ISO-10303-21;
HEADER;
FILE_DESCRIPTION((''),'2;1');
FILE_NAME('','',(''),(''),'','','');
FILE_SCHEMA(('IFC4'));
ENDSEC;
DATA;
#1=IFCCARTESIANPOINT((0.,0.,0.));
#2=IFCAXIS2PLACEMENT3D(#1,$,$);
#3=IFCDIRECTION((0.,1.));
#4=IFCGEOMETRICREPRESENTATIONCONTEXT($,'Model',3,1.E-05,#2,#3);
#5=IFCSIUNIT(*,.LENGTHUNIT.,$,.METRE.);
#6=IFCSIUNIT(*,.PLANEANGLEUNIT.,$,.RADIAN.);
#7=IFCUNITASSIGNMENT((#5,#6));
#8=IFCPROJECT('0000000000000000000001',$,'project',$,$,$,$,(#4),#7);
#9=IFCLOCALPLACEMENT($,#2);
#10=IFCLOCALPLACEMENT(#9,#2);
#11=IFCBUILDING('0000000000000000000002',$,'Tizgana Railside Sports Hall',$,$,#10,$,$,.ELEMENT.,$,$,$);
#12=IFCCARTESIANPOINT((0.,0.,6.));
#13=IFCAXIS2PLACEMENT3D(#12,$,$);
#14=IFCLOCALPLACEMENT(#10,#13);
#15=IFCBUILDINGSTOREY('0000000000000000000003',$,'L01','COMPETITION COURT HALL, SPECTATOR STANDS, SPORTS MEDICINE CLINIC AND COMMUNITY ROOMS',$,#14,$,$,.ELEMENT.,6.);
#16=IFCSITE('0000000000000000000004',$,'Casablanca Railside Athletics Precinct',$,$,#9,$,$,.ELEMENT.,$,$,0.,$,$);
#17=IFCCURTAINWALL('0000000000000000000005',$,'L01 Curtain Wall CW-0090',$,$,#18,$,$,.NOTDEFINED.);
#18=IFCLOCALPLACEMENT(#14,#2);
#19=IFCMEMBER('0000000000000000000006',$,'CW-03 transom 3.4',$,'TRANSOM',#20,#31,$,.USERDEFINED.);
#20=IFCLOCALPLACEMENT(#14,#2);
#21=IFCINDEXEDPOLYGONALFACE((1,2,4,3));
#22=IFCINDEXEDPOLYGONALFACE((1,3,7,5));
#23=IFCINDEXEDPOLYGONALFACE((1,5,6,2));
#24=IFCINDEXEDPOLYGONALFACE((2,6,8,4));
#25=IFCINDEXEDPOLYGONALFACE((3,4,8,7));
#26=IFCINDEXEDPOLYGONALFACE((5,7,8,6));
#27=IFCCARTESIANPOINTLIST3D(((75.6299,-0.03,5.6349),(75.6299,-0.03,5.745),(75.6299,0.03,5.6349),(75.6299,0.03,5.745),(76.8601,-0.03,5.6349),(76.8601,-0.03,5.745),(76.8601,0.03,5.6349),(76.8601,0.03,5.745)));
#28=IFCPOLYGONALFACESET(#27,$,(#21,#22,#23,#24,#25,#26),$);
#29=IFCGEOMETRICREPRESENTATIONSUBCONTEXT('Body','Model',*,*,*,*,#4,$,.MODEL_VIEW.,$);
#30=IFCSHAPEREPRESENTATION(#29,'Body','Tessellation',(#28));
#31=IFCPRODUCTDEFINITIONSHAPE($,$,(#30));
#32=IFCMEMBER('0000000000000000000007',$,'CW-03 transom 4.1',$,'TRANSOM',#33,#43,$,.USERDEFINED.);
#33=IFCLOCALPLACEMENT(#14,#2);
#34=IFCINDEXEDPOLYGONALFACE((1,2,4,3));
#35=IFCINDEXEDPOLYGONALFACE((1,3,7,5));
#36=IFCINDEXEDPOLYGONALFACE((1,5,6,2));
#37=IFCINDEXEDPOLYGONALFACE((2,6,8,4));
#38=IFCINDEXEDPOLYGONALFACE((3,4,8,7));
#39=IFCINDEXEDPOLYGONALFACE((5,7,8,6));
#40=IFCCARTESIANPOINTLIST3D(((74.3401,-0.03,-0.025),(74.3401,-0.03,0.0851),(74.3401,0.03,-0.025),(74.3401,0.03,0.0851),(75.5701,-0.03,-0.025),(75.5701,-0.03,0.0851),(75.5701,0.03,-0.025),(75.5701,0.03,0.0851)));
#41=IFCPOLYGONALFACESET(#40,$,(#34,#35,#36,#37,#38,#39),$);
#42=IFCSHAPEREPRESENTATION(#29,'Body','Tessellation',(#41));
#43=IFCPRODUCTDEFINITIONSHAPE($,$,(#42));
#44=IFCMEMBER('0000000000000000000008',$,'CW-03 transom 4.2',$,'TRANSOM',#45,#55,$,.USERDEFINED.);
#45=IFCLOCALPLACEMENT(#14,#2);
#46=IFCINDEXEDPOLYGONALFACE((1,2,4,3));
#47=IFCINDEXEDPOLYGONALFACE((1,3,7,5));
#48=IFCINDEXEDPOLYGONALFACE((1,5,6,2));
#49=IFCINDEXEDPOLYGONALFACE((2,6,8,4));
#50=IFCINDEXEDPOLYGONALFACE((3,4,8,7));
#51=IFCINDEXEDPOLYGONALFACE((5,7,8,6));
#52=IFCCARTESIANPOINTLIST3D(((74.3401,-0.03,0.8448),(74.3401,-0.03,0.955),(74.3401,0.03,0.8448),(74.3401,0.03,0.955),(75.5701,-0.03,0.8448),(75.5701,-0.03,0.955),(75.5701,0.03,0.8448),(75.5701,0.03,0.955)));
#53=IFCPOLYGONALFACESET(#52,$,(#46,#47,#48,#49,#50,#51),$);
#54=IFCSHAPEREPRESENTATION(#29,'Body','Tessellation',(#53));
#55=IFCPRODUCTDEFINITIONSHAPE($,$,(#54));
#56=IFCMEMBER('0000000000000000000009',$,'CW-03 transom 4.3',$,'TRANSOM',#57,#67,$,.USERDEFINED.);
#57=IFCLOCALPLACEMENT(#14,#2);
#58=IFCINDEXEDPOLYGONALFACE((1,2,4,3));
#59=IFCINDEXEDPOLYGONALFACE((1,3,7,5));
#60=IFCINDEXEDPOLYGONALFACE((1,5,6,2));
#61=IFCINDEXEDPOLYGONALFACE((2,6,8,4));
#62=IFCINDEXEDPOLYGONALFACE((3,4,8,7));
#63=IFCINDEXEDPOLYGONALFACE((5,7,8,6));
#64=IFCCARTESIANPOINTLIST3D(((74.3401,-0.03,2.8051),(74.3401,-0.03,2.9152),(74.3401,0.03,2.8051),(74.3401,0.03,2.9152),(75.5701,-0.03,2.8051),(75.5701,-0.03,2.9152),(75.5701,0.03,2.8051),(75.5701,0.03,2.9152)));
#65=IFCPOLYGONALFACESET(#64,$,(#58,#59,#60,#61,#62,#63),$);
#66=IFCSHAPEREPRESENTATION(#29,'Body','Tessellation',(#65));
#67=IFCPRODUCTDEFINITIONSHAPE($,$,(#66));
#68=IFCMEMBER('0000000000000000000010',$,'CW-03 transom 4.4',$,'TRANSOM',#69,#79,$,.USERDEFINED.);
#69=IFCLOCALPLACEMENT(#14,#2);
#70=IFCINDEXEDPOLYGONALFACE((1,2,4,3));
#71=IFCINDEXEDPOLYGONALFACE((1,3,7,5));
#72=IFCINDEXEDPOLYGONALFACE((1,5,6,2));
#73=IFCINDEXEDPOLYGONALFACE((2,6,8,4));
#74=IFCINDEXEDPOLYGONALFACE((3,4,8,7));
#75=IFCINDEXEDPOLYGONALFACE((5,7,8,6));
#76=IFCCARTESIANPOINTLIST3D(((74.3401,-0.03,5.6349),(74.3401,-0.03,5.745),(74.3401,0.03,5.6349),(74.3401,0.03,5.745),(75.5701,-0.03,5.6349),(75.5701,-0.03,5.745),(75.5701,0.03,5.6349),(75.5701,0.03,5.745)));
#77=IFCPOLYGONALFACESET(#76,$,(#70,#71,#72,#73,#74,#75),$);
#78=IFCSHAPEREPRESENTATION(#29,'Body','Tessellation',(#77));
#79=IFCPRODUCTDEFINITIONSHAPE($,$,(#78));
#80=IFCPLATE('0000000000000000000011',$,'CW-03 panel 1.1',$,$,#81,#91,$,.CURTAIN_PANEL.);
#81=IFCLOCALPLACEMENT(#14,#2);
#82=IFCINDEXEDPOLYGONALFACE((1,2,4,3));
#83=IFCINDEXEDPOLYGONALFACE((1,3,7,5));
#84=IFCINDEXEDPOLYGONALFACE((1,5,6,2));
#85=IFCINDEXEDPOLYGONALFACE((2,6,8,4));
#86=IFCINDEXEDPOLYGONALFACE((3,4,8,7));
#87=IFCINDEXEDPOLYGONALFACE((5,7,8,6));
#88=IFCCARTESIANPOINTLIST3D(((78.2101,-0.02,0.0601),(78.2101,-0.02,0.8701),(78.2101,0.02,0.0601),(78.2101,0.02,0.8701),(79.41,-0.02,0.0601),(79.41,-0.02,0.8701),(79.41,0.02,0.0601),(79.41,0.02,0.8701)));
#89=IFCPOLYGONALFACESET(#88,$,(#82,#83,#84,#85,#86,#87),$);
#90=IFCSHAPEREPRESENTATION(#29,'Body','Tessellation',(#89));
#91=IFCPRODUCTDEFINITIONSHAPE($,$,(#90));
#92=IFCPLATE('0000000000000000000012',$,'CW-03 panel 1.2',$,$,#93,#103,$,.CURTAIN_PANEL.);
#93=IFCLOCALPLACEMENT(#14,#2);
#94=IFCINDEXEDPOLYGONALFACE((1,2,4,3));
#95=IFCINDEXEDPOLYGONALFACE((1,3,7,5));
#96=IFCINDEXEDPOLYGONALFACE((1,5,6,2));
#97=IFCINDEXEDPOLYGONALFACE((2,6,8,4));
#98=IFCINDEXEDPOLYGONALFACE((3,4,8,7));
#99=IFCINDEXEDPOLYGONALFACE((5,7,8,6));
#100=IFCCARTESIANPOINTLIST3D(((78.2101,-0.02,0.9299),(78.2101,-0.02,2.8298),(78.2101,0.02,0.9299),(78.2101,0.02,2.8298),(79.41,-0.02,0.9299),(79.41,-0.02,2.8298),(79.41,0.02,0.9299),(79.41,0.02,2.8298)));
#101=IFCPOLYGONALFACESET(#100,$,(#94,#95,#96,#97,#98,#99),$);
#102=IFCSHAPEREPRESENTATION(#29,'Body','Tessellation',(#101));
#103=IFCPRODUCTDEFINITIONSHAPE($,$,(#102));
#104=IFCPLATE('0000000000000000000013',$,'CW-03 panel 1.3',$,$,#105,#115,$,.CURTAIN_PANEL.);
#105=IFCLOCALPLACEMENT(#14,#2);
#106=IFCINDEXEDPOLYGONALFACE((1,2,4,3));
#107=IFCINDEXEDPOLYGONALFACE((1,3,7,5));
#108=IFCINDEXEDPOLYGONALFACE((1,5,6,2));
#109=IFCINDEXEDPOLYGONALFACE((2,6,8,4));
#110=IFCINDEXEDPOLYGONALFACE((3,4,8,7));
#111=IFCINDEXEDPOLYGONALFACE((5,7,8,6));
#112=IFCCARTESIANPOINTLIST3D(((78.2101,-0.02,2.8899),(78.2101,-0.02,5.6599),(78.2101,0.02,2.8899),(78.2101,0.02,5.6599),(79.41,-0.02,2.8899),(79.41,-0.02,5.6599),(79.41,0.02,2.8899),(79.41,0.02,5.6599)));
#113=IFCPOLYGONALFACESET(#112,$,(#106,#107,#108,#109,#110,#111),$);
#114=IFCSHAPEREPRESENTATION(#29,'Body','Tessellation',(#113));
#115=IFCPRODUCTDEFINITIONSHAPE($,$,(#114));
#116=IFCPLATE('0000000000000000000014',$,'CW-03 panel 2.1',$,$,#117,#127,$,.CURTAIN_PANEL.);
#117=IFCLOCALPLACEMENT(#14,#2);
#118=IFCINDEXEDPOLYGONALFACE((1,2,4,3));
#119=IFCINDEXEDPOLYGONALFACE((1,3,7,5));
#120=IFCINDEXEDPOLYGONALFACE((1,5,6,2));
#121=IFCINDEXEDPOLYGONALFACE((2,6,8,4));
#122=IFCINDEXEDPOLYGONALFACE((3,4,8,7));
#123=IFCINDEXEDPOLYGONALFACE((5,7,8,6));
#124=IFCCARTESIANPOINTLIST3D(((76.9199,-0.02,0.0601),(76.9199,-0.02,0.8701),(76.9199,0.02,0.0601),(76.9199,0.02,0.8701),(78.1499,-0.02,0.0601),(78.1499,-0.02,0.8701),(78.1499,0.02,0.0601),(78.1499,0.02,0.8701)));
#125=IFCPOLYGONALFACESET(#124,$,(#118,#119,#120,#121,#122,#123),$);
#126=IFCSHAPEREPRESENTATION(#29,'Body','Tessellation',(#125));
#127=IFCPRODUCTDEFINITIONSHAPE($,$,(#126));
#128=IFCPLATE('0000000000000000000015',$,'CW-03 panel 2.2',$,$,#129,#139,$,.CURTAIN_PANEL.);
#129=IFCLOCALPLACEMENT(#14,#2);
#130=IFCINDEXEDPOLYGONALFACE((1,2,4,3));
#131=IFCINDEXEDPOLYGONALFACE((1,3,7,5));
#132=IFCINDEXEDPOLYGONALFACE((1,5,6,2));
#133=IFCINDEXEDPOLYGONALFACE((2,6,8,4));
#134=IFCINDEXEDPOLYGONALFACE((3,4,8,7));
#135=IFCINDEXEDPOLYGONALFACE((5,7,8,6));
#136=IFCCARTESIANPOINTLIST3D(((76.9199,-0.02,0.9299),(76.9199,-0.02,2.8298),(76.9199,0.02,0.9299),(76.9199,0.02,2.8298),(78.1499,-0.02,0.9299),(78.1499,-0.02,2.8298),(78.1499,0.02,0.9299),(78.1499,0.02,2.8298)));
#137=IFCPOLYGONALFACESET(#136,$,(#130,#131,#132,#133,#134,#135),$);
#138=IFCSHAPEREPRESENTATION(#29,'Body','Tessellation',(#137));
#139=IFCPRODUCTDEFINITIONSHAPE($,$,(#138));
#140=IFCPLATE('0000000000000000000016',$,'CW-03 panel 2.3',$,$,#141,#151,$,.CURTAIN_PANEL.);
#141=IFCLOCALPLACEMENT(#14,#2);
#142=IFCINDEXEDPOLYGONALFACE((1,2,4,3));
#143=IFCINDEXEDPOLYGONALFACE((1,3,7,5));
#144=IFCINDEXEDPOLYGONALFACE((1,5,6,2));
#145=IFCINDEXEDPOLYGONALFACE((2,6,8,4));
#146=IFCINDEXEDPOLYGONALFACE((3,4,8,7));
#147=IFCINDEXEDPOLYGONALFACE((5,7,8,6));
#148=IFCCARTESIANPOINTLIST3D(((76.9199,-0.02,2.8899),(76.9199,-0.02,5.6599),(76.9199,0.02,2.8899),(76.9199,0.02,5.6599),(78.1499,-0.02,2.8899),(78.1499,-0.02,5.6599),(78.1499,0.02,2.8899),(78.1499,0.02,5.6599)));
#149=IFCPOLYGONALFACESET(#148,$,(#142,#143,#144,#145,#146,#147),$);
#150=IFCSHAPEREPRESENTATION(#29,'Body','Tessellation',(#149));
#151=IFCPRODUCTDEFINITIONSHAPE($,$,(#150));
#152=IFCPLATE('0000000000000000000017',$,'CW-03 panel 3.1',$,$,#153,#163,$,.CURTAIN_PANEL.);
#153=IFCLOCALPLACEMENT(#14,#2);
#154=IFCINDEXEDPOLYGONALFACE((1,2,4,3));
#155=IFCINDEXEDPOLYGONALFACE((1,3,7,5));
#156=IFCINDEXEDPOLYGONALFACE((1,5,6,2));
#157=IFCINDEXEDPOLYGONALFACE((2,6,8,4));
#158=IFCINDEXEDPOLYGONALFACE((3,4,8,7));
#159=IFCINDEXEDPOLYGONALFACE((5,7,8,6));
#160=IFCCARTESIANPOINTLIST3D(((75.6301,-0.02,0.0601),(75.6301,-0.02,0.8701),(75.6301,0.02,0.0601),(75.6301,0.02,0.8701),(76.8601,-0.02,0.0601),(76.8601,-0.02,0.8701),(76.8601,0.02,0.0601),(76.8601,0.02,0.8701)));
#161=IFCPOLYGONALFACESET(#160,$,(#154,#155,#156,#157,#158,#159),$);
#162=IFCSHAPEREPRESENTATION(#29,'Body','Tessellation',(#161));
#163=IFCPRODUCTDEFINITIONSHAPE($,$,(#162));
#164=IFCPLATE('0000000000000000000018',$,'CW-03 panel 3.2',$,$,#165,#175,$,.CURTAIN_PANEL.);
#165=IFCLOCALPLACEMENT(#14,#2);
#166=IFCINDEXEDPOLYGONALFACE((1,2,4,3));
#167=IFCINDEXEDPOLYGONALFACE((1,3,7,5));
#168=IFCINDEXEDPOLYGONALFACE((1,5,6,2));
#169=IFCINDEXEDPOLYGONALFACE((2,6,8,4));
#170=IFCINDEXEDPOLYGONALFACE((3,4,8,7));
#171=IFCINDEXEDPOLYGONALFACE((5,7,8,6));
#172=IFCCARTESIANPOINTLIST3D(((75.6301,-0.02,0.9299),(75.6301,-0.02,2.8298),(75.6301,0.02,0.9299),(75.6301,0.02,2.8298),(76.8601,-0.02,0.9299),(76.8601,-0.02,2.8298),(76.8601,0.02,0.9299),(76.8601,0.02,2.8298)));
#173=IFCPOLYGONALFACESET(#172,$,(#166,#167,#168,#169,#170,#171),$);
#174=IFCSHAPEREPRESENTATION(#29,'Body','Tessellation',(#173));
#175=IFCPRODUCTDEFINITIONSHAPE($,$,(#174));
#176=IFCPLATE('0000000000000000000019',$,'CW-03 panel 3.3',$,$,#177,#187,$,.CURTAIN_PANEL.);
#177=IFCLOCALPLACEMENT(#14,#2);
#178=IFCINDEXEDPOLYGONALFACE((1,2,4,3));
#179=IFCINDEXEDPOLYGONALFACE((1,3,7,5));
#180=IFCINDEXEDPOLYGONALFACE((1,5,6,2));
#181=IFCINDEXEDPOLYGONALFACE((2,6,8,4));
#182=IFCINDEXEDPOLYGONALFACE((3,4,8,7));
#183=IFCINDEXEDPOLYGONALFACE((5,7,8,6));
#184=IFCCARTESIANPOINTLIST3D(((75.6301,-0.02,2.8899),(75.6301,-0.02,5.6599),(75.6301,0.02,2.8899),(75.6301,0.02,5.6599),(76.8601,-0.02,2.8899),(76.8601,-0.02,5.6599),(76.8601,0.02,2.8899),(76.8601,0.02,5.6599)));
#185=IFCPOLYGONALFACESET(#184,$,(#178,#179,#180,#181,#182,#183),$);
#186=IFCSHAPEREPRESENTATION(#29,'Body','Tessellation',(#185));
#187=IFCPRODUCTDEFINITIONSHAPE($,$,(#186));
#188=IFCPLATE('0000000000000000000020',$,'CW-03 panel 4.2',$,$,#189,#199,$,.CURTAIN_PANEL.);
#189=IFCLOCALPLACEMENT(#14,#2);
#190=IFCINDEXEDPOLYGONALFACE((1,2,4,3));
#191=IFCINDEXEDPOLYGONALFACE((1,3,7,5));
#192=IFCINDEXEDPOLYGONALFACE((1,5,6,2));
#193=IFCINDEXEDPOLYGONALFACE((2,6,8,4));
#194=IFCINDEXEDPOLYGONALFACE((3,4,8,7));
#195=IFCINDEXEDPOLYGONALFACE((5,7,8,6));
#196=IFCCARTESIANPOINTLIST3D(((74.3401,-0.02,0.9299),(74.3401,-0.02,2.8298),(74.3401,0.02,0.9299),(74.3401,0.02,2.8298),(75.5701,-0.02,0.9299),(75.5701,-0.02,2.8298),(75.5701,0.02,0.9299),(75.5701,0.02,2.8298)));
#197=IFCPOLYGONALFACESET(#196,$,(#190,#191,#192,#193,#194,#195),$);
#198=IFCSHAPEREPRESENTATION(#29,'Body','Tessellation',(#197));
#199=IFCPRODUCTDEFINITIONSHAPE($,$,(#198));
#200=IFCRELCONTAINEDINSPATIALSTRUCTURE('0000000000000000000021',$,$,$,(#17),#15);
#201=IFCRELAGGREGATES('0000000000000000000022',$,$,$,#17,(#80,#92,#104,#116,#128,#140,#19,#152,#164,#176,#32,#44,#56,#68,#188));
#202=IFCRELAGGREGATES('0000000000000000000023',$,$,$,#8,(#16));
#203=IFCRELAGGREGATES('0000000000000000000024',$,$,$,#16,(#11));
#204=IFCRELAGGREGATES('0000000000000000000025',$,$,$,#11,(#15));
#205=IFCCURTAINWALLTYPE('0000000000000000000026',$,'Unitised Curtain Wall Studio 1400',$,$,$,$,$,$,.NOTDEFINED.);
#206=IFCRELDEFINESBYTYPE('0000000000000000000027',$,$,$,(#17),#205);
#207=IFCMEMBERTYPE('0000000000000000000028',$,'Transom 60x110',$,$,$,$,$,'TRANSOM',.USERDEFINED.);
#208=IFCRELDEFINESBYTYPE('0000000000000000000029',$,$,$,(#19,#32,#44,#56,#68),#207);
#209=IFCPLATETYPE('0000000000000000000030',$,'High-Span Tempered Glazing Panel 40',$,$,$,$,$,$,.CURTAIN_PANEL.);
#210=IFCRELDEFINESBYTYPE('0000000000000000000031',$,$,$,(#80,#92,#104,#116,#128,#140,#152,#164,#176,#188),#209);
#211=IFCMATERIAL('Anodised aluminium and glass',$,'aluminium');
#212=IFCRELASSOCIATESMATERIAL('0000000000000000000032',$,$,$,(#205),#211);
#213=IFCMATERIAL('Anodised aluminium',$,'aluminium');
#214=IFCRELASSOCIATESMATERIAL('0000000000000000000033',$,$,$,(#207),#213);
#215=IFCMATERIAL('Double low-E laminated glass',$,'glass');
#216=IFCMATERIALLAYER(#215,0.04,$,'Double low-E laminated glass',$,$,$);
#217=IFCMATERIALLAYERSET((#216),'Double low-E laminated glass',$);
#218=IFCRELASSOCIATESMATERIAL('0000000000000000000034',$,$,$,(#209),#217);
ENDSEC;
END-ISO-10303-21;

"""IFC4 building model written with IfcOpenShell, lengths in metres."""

from ifc_helpers import new_model, si_unit, direction, frame, origin, origin_2d, place, context, subcontext, project, spatial, rectangle, extrude, material, layer, layer_set, material_profile, profile_set, type_object, element, aggregate, save


model = new_model("IFC4")

# Units and contexts
model_context = context("Model", 3, precision=1e-05, world=origin(), true_north=direction((0.0, 1.0)))
body_context = subcontext(model_context, "Body", "Model", "MODEL_VIEW")
ifc_project = project(units=[si_unit("LENGTHUNIT", "METRE"), si_unit("PLANEANGLEUNIT", "RADIAN")], contexts=[model_context])

# Site, building, storey
site_placement = place(None, origin())
site = spatial("IfcSite", under=ifc_project, at=site_placement, Name="Casablanca Railside Athletics Precinct", CompositionType="ELEMENT", RefElevation=0.0)
building_placement = place(site_placement, origin())
building = spatial("IfcBuilding", under=site, at=building_placement, Name="Tizgana Railside Sports Hall", CompositionType="ELEMENT")
storey_placement = place(building_placement, frame((0.0, 0.0, 6.0)))
storey = spatial("IfcBuildingStorey", under=building, at=storey_placement, Name="L01", Description="COMPETITION COURT HALL, SPECTATOR STANDS, SPORTS MEDICINE CLINIC AND COMMUNITY ROOMS", CompositionType="ELEMENT", Elevation=6.0)

# Curtain wall, members, plates
ifc_material_1 = material(Name="Anodised aluminium and glass", Category="aluminium")
curtain_wall_type = type_object("IfcCurtainWallType", Name="Unitised Curtain Wall Studio 1400", PredefinedType="NOTDEFINED", material=ifc_material_1)
curtain_wall_placement = place(storey_placement, origin())
curtain_wall = element("IfcCurtainWall", 1, at=curtain_wall_placement, inside=storey, type_object=curtain_wall_type, Name="L01 Curtain Wall CW-0090", PredefinedType="NOTDEFINED")
ifc_material_2 = material(Name="Anodised aluminium", Category="aluminium")
ifc_material_profile_1 = material_profile(ifc_material_2, rectangle(XDim=0.0601, YDim=0.1101, at=origin_2d()), Name="Transom 60x110")
ifc_profile_set_1 = profile_set([ifc_material_profile_1], Name="Anodised aluminium")
member_type_1 = type_object("IfcMemberType", Name="Transom 60x110", ElementType="TRANSOM", PredefinedType="USERDEFINED", material=ifc_profile_set_1)
member_1_placement = place(storey_placement, frame((76.8601, 0.0, 5.6899), z_axis=(-1.0, 0.0, 0.0), x_axis=(0.0, -1.0, 0.0)))
member_1 = element("IfcMember", 2, at=member_1_placement, type_object=member_type_1, Name="CW-03 transom 3.4", ObjectType="TRANSOM", PredefinedType="USERDEFINED", context=body_context, shape_type="SweptSolid", body=[
    extrude(rectangle(XDim=0.0601, YDim=0.1101, at=origin_2d()), origin(), (0.0, 0.0, 1.0), 1.2302),
])
member_2_placement = place(storey_placement, frame((75.5701, 0.0, 0.03), z_axis=(-1.0, 0.0, 0.0), x_axis=(0.0, -1.0, 0.0)))
member_2 = element("IfcMember", 3, at=member_2_placement, type_object=member_type_1, Name="CW-03 transom 4.1", ObjectType="TRANSOM", PredefinedType="USERDEFINED", context=body_context, shape_type="SweptSolid", body=[
    extrude(rectangle(XDim=0.0601, YDim=0.1101, at=origin_2d()), origin(), (0.0, 0.0, 1.0), 1.23),
])
member_3_placement = place(storey_placement, frame((75.5701, 0.0, 0.8999), z_axis=(-1.0, 0.0, 0.0), x_axis=(0.0, -1.0, 0.0)))
member_3 = element("IfcMember", 4, at=member_3_placement, type_object=member_type_1, Name="CW-03 transom 4.2", ObjectType="TRANSOM", PredefinedType="USERDEFINED", context=body_context, shape_type="SweptSolid", body=[
    extrude(rectangle(XDim=0.0601, YDim=0.1101, at=origin_2d()), origin(), (0.0, 0.0, 1.0), 1.23),
])
member_4_placement = place(storey_placement, frame((75.5701, 0.0, 2.8601), z_axis=(-1.0, 0.0, 0.0), x_axis=(0.0, -1.0, 0.0)))
member_4 = element("IfcMember", 5, at=member_4_placement, type_object=member_type_1, Name="CW-03 transom 4.3", ObjectType="TRANSOM", PredefinedType="USERDEFINED", context=body_context, shape_type="SweptSolid", body=[
    extrude(rectangle(XDim=0.0601, YDim=0.1101, at=origin_2d()), origin(), (0.0, 0.0, 1.0), 1.23),
])
member_5_placement = place(storey_placement, frame((75.5701, 0.0, 5.6899), z_axis=(-1.0, 0.0, 0.0), x_axis=(0.0, -1.0, 0.0)))
member_5 = element("IfcMember", 6, at=member_5_placement, type_object=member_type_1, Name="CW-03 transom 4.4", ObjectType="TRANSOM", PredefinedType="USERDEFINED", context=body_context, shape_type="SweptSolid", body=[
    extrude(rectangle(XDim=0.0601, YDim=0.1101, at=origin_2d()), origin(), (0.0, 0.0, 1.0), 1.23),
])
ifc_material_3 = material(Name="Double low-E laminated glass", Category="glass")
ifc_layer_1 = layer(ifc_material_3, 0.04, Name="Double low-E laminated glass")
ifc_layer_set_1 = layer_set([ifc_layer_1], Name="Double low-E laminated glass")
plate_type = type_object("IfcPlateType", Name="High-Span Tempered Glazing Panel 40", PredefinedType="CURTAIN_PANEL", material=ifc_layer_set_1)
plate_1_placement = place(storey_placement, frame((78.8101, 0.0, 0.0601), z_axis=(0.0, 0.0, 1.0), x_axis=(-1.0, 0.0, 0.0)))
plate_1 = element("IfcPlate", 7, at=plate_1_placement, type_object=plate_type, Name="CW-03 panel 1.1", PredefinedType="CURTAIN_PANEL", context=body_context, shape_type="SweptSolid", body=[
    extrude(rectangle(XDim=1.2, YDim=0.04, at=origin_2d()), origin(), (0.0, 0.0, 1.0), 0.8101),
])
plate_2_placement = place(storey_placement, frame((78.8101, 0.0, 0.9299), z_axis=(0.0, 0.0, 1.0), x_axis=(-1.0, 0.0, 0.0)))
plate_2 = element("IfcPlate", 8, at=plate_2_placement, type_object=plate_type, Name="CW-03 panel 1.2", PredefinedType="CURTAIN_PANEL", context=body_context, shape_type="SweptSolid", body=[
    extrude(rectangle(XDim=1.2, YDim=0.04, at=origin_2d()), origin(), (0.0, 0.0, 1.0), 1.8999),
])
plate_3_placement = place(storey_placement, frame((78.8101, 0.0, 2.8899), z_axis=(0.0, 0.0, 1.0), x_axis=(-1.0, 0.0, 0.0)))
plate_3 = element("IfcPlate", 9, at=plate_3_placement, type_object=plate_type, Name="CW-03 panel 1.3", PredefinedType="CURTAIN_PANEL", context=body_context, shape_type="SweptSolid", body=[
    extrude(rectangle(XDim=1.2, YDim=0.04, at=origin_2d()), origin(), (0.0, 0.0, 1.0), 2.77),
])
plate_4_placement = place(storey_placement, frame((77.5349, 0.0, 0.0601), z_axis=(0.0, 0.0, 1.0), x_axis=(-1.0, 0.0, 0.0)))
plate_4 = element("IfcPlate", 10, at=plate_4_placement, type_object=plate_type, Name="CW-03 panel 2.1", PredefinedType="CURTAIN_PANEL", context=body_context, shape_type="SweptSolid", body=[
    extrude(rectangle(XDim=1.23, YDim=0.04, at=origin_2d()), origin(), (0.0, 0.0, 1.0), 0.8101),
])
plate_5_placement = place(storey_placement, frame((77.5349, 0.0, 0.9299), z_axis=(0.0, 0.0, 1.0), x_axis=(-1.0, 0.0, 0.0)))
plate_5 = element("IfcPlate", 11, at=plate_5_placement, type_object=plate_type, Name="CW-03 panel 2.2", PredefinedType="CURTAIN_PANEL", context=body_context, shape_type="SweptSolid", body=[
    extrude(rectangle(XDim=1.23, YDim=0.04, at=origin_2d()), origin(), (0.0, 0.0, 1.0), 1.8999),
])
plate_6_placement = place(storey_placement, frame((77.5349, 0.0, 2.8899), z_axis=(0.0, 0.0, 1.0), x_axis=(-1.0, 0.0, 0.0)))
plate_6 = element("IfcPlate", 12, at=plate_6_placement, type_object=plate_type, Name="CW-03 panel 2.3", PredefinedType="CURTAIN_PANEL", context=body_context, shape_type="SweptSolid", body=[
    extrude(rectangle(XDim=1.23, YDim=0.04, at=origin_2d()), origin(), (0.0, 0.0, 1.0), 2.77),
])
plate_7_placement = place(storey_placement, frame((76.2451, 0.0, 0.0601), z_axis=(0.0, 0.0, 1.0), x_axis=(-1.0, 0.0, 0.0)))
plate_7 = element("IfcPlate", 13, at=plate_7_placement, type_object=plate_type, Name="CW-03 panel 3.1", PredefinedType="CURTAIN_PANEL", context=body_context, shape_type="SweptSolid", body=[
    extrude(rectangle(XDim=1.23, YDim=0.04, at=origin_2d()), origin(), (0.0, 0.0, 1.0), 0.8101),
])
plate_8_placement = place(storey_placement, frame((76.2451, 0.0, 0.9299), z_axis=(0.0, 0.0, 1.0), x_axis=(-1.0, 0.0, 0.0)))
plate_8 = element("IfcPlate", 14, at=plate_8_placement, type_object=plate_type, Name="CW-03 panel 3.2", PredefinedType="CURTAIN_PANEL", context=body_context, shape_type="SweptSolid", body=[
    extrude(rectangle(XDim=1.23, YDim=0.04, at=origin_2d()), origin(), (0.0, 0.0, 1.0), 1.8999),
])
plate_9_placement = place(storey_placement, frame((76.2451, 0.0, 2.8899), z_axis=(0.0, 0.0, 1.0), x_axis=(-1.0, 0.0, 0.0)))
plate_9 = element("IfcPlate", 15, at=plate_9_placement, type_object=plate_type, Name="CW-03 panel 3.3", PredefinedType="CURTAIN_PANEL", context=body_context, shape_type="SweptSolid", body=[
    extrude(rectangle(XDim=1.23, YDim=0.04, at=origin_2d()), origin(), (0.0, 0.0, 1.0), 2.77),
])
plate_10_placement = place(storey_placement, frame((74.9551, 0.0, 0.9299), z_axis=(0.0, 0.0, 1.0), x_axis=(-1.0, 0.0, 0.0)))
plate_10 = element("IfcPlate", 16, at=plate_10_placement, type_object=plate_type, Name="CW-03 panel 4.2", PredefinedType="CURTAIN_PANEL", context=body_context, shape_type="SweptSolid", body=[
    extrude(rectangle(XDim=1.23, YDim=0.04, at=origin_2d()), origin(), (0.0, 0.0, 1.0), 1.8999),
])
aggregate(curtain_wall, [plate_1, plate_2, plate_3, plate_4, plate_5, plate_6, member_1, plate_7, plate_8, plate_9, member_2, member_3, member_4, member_5, plate_10])

save(model, "model.ifc")
